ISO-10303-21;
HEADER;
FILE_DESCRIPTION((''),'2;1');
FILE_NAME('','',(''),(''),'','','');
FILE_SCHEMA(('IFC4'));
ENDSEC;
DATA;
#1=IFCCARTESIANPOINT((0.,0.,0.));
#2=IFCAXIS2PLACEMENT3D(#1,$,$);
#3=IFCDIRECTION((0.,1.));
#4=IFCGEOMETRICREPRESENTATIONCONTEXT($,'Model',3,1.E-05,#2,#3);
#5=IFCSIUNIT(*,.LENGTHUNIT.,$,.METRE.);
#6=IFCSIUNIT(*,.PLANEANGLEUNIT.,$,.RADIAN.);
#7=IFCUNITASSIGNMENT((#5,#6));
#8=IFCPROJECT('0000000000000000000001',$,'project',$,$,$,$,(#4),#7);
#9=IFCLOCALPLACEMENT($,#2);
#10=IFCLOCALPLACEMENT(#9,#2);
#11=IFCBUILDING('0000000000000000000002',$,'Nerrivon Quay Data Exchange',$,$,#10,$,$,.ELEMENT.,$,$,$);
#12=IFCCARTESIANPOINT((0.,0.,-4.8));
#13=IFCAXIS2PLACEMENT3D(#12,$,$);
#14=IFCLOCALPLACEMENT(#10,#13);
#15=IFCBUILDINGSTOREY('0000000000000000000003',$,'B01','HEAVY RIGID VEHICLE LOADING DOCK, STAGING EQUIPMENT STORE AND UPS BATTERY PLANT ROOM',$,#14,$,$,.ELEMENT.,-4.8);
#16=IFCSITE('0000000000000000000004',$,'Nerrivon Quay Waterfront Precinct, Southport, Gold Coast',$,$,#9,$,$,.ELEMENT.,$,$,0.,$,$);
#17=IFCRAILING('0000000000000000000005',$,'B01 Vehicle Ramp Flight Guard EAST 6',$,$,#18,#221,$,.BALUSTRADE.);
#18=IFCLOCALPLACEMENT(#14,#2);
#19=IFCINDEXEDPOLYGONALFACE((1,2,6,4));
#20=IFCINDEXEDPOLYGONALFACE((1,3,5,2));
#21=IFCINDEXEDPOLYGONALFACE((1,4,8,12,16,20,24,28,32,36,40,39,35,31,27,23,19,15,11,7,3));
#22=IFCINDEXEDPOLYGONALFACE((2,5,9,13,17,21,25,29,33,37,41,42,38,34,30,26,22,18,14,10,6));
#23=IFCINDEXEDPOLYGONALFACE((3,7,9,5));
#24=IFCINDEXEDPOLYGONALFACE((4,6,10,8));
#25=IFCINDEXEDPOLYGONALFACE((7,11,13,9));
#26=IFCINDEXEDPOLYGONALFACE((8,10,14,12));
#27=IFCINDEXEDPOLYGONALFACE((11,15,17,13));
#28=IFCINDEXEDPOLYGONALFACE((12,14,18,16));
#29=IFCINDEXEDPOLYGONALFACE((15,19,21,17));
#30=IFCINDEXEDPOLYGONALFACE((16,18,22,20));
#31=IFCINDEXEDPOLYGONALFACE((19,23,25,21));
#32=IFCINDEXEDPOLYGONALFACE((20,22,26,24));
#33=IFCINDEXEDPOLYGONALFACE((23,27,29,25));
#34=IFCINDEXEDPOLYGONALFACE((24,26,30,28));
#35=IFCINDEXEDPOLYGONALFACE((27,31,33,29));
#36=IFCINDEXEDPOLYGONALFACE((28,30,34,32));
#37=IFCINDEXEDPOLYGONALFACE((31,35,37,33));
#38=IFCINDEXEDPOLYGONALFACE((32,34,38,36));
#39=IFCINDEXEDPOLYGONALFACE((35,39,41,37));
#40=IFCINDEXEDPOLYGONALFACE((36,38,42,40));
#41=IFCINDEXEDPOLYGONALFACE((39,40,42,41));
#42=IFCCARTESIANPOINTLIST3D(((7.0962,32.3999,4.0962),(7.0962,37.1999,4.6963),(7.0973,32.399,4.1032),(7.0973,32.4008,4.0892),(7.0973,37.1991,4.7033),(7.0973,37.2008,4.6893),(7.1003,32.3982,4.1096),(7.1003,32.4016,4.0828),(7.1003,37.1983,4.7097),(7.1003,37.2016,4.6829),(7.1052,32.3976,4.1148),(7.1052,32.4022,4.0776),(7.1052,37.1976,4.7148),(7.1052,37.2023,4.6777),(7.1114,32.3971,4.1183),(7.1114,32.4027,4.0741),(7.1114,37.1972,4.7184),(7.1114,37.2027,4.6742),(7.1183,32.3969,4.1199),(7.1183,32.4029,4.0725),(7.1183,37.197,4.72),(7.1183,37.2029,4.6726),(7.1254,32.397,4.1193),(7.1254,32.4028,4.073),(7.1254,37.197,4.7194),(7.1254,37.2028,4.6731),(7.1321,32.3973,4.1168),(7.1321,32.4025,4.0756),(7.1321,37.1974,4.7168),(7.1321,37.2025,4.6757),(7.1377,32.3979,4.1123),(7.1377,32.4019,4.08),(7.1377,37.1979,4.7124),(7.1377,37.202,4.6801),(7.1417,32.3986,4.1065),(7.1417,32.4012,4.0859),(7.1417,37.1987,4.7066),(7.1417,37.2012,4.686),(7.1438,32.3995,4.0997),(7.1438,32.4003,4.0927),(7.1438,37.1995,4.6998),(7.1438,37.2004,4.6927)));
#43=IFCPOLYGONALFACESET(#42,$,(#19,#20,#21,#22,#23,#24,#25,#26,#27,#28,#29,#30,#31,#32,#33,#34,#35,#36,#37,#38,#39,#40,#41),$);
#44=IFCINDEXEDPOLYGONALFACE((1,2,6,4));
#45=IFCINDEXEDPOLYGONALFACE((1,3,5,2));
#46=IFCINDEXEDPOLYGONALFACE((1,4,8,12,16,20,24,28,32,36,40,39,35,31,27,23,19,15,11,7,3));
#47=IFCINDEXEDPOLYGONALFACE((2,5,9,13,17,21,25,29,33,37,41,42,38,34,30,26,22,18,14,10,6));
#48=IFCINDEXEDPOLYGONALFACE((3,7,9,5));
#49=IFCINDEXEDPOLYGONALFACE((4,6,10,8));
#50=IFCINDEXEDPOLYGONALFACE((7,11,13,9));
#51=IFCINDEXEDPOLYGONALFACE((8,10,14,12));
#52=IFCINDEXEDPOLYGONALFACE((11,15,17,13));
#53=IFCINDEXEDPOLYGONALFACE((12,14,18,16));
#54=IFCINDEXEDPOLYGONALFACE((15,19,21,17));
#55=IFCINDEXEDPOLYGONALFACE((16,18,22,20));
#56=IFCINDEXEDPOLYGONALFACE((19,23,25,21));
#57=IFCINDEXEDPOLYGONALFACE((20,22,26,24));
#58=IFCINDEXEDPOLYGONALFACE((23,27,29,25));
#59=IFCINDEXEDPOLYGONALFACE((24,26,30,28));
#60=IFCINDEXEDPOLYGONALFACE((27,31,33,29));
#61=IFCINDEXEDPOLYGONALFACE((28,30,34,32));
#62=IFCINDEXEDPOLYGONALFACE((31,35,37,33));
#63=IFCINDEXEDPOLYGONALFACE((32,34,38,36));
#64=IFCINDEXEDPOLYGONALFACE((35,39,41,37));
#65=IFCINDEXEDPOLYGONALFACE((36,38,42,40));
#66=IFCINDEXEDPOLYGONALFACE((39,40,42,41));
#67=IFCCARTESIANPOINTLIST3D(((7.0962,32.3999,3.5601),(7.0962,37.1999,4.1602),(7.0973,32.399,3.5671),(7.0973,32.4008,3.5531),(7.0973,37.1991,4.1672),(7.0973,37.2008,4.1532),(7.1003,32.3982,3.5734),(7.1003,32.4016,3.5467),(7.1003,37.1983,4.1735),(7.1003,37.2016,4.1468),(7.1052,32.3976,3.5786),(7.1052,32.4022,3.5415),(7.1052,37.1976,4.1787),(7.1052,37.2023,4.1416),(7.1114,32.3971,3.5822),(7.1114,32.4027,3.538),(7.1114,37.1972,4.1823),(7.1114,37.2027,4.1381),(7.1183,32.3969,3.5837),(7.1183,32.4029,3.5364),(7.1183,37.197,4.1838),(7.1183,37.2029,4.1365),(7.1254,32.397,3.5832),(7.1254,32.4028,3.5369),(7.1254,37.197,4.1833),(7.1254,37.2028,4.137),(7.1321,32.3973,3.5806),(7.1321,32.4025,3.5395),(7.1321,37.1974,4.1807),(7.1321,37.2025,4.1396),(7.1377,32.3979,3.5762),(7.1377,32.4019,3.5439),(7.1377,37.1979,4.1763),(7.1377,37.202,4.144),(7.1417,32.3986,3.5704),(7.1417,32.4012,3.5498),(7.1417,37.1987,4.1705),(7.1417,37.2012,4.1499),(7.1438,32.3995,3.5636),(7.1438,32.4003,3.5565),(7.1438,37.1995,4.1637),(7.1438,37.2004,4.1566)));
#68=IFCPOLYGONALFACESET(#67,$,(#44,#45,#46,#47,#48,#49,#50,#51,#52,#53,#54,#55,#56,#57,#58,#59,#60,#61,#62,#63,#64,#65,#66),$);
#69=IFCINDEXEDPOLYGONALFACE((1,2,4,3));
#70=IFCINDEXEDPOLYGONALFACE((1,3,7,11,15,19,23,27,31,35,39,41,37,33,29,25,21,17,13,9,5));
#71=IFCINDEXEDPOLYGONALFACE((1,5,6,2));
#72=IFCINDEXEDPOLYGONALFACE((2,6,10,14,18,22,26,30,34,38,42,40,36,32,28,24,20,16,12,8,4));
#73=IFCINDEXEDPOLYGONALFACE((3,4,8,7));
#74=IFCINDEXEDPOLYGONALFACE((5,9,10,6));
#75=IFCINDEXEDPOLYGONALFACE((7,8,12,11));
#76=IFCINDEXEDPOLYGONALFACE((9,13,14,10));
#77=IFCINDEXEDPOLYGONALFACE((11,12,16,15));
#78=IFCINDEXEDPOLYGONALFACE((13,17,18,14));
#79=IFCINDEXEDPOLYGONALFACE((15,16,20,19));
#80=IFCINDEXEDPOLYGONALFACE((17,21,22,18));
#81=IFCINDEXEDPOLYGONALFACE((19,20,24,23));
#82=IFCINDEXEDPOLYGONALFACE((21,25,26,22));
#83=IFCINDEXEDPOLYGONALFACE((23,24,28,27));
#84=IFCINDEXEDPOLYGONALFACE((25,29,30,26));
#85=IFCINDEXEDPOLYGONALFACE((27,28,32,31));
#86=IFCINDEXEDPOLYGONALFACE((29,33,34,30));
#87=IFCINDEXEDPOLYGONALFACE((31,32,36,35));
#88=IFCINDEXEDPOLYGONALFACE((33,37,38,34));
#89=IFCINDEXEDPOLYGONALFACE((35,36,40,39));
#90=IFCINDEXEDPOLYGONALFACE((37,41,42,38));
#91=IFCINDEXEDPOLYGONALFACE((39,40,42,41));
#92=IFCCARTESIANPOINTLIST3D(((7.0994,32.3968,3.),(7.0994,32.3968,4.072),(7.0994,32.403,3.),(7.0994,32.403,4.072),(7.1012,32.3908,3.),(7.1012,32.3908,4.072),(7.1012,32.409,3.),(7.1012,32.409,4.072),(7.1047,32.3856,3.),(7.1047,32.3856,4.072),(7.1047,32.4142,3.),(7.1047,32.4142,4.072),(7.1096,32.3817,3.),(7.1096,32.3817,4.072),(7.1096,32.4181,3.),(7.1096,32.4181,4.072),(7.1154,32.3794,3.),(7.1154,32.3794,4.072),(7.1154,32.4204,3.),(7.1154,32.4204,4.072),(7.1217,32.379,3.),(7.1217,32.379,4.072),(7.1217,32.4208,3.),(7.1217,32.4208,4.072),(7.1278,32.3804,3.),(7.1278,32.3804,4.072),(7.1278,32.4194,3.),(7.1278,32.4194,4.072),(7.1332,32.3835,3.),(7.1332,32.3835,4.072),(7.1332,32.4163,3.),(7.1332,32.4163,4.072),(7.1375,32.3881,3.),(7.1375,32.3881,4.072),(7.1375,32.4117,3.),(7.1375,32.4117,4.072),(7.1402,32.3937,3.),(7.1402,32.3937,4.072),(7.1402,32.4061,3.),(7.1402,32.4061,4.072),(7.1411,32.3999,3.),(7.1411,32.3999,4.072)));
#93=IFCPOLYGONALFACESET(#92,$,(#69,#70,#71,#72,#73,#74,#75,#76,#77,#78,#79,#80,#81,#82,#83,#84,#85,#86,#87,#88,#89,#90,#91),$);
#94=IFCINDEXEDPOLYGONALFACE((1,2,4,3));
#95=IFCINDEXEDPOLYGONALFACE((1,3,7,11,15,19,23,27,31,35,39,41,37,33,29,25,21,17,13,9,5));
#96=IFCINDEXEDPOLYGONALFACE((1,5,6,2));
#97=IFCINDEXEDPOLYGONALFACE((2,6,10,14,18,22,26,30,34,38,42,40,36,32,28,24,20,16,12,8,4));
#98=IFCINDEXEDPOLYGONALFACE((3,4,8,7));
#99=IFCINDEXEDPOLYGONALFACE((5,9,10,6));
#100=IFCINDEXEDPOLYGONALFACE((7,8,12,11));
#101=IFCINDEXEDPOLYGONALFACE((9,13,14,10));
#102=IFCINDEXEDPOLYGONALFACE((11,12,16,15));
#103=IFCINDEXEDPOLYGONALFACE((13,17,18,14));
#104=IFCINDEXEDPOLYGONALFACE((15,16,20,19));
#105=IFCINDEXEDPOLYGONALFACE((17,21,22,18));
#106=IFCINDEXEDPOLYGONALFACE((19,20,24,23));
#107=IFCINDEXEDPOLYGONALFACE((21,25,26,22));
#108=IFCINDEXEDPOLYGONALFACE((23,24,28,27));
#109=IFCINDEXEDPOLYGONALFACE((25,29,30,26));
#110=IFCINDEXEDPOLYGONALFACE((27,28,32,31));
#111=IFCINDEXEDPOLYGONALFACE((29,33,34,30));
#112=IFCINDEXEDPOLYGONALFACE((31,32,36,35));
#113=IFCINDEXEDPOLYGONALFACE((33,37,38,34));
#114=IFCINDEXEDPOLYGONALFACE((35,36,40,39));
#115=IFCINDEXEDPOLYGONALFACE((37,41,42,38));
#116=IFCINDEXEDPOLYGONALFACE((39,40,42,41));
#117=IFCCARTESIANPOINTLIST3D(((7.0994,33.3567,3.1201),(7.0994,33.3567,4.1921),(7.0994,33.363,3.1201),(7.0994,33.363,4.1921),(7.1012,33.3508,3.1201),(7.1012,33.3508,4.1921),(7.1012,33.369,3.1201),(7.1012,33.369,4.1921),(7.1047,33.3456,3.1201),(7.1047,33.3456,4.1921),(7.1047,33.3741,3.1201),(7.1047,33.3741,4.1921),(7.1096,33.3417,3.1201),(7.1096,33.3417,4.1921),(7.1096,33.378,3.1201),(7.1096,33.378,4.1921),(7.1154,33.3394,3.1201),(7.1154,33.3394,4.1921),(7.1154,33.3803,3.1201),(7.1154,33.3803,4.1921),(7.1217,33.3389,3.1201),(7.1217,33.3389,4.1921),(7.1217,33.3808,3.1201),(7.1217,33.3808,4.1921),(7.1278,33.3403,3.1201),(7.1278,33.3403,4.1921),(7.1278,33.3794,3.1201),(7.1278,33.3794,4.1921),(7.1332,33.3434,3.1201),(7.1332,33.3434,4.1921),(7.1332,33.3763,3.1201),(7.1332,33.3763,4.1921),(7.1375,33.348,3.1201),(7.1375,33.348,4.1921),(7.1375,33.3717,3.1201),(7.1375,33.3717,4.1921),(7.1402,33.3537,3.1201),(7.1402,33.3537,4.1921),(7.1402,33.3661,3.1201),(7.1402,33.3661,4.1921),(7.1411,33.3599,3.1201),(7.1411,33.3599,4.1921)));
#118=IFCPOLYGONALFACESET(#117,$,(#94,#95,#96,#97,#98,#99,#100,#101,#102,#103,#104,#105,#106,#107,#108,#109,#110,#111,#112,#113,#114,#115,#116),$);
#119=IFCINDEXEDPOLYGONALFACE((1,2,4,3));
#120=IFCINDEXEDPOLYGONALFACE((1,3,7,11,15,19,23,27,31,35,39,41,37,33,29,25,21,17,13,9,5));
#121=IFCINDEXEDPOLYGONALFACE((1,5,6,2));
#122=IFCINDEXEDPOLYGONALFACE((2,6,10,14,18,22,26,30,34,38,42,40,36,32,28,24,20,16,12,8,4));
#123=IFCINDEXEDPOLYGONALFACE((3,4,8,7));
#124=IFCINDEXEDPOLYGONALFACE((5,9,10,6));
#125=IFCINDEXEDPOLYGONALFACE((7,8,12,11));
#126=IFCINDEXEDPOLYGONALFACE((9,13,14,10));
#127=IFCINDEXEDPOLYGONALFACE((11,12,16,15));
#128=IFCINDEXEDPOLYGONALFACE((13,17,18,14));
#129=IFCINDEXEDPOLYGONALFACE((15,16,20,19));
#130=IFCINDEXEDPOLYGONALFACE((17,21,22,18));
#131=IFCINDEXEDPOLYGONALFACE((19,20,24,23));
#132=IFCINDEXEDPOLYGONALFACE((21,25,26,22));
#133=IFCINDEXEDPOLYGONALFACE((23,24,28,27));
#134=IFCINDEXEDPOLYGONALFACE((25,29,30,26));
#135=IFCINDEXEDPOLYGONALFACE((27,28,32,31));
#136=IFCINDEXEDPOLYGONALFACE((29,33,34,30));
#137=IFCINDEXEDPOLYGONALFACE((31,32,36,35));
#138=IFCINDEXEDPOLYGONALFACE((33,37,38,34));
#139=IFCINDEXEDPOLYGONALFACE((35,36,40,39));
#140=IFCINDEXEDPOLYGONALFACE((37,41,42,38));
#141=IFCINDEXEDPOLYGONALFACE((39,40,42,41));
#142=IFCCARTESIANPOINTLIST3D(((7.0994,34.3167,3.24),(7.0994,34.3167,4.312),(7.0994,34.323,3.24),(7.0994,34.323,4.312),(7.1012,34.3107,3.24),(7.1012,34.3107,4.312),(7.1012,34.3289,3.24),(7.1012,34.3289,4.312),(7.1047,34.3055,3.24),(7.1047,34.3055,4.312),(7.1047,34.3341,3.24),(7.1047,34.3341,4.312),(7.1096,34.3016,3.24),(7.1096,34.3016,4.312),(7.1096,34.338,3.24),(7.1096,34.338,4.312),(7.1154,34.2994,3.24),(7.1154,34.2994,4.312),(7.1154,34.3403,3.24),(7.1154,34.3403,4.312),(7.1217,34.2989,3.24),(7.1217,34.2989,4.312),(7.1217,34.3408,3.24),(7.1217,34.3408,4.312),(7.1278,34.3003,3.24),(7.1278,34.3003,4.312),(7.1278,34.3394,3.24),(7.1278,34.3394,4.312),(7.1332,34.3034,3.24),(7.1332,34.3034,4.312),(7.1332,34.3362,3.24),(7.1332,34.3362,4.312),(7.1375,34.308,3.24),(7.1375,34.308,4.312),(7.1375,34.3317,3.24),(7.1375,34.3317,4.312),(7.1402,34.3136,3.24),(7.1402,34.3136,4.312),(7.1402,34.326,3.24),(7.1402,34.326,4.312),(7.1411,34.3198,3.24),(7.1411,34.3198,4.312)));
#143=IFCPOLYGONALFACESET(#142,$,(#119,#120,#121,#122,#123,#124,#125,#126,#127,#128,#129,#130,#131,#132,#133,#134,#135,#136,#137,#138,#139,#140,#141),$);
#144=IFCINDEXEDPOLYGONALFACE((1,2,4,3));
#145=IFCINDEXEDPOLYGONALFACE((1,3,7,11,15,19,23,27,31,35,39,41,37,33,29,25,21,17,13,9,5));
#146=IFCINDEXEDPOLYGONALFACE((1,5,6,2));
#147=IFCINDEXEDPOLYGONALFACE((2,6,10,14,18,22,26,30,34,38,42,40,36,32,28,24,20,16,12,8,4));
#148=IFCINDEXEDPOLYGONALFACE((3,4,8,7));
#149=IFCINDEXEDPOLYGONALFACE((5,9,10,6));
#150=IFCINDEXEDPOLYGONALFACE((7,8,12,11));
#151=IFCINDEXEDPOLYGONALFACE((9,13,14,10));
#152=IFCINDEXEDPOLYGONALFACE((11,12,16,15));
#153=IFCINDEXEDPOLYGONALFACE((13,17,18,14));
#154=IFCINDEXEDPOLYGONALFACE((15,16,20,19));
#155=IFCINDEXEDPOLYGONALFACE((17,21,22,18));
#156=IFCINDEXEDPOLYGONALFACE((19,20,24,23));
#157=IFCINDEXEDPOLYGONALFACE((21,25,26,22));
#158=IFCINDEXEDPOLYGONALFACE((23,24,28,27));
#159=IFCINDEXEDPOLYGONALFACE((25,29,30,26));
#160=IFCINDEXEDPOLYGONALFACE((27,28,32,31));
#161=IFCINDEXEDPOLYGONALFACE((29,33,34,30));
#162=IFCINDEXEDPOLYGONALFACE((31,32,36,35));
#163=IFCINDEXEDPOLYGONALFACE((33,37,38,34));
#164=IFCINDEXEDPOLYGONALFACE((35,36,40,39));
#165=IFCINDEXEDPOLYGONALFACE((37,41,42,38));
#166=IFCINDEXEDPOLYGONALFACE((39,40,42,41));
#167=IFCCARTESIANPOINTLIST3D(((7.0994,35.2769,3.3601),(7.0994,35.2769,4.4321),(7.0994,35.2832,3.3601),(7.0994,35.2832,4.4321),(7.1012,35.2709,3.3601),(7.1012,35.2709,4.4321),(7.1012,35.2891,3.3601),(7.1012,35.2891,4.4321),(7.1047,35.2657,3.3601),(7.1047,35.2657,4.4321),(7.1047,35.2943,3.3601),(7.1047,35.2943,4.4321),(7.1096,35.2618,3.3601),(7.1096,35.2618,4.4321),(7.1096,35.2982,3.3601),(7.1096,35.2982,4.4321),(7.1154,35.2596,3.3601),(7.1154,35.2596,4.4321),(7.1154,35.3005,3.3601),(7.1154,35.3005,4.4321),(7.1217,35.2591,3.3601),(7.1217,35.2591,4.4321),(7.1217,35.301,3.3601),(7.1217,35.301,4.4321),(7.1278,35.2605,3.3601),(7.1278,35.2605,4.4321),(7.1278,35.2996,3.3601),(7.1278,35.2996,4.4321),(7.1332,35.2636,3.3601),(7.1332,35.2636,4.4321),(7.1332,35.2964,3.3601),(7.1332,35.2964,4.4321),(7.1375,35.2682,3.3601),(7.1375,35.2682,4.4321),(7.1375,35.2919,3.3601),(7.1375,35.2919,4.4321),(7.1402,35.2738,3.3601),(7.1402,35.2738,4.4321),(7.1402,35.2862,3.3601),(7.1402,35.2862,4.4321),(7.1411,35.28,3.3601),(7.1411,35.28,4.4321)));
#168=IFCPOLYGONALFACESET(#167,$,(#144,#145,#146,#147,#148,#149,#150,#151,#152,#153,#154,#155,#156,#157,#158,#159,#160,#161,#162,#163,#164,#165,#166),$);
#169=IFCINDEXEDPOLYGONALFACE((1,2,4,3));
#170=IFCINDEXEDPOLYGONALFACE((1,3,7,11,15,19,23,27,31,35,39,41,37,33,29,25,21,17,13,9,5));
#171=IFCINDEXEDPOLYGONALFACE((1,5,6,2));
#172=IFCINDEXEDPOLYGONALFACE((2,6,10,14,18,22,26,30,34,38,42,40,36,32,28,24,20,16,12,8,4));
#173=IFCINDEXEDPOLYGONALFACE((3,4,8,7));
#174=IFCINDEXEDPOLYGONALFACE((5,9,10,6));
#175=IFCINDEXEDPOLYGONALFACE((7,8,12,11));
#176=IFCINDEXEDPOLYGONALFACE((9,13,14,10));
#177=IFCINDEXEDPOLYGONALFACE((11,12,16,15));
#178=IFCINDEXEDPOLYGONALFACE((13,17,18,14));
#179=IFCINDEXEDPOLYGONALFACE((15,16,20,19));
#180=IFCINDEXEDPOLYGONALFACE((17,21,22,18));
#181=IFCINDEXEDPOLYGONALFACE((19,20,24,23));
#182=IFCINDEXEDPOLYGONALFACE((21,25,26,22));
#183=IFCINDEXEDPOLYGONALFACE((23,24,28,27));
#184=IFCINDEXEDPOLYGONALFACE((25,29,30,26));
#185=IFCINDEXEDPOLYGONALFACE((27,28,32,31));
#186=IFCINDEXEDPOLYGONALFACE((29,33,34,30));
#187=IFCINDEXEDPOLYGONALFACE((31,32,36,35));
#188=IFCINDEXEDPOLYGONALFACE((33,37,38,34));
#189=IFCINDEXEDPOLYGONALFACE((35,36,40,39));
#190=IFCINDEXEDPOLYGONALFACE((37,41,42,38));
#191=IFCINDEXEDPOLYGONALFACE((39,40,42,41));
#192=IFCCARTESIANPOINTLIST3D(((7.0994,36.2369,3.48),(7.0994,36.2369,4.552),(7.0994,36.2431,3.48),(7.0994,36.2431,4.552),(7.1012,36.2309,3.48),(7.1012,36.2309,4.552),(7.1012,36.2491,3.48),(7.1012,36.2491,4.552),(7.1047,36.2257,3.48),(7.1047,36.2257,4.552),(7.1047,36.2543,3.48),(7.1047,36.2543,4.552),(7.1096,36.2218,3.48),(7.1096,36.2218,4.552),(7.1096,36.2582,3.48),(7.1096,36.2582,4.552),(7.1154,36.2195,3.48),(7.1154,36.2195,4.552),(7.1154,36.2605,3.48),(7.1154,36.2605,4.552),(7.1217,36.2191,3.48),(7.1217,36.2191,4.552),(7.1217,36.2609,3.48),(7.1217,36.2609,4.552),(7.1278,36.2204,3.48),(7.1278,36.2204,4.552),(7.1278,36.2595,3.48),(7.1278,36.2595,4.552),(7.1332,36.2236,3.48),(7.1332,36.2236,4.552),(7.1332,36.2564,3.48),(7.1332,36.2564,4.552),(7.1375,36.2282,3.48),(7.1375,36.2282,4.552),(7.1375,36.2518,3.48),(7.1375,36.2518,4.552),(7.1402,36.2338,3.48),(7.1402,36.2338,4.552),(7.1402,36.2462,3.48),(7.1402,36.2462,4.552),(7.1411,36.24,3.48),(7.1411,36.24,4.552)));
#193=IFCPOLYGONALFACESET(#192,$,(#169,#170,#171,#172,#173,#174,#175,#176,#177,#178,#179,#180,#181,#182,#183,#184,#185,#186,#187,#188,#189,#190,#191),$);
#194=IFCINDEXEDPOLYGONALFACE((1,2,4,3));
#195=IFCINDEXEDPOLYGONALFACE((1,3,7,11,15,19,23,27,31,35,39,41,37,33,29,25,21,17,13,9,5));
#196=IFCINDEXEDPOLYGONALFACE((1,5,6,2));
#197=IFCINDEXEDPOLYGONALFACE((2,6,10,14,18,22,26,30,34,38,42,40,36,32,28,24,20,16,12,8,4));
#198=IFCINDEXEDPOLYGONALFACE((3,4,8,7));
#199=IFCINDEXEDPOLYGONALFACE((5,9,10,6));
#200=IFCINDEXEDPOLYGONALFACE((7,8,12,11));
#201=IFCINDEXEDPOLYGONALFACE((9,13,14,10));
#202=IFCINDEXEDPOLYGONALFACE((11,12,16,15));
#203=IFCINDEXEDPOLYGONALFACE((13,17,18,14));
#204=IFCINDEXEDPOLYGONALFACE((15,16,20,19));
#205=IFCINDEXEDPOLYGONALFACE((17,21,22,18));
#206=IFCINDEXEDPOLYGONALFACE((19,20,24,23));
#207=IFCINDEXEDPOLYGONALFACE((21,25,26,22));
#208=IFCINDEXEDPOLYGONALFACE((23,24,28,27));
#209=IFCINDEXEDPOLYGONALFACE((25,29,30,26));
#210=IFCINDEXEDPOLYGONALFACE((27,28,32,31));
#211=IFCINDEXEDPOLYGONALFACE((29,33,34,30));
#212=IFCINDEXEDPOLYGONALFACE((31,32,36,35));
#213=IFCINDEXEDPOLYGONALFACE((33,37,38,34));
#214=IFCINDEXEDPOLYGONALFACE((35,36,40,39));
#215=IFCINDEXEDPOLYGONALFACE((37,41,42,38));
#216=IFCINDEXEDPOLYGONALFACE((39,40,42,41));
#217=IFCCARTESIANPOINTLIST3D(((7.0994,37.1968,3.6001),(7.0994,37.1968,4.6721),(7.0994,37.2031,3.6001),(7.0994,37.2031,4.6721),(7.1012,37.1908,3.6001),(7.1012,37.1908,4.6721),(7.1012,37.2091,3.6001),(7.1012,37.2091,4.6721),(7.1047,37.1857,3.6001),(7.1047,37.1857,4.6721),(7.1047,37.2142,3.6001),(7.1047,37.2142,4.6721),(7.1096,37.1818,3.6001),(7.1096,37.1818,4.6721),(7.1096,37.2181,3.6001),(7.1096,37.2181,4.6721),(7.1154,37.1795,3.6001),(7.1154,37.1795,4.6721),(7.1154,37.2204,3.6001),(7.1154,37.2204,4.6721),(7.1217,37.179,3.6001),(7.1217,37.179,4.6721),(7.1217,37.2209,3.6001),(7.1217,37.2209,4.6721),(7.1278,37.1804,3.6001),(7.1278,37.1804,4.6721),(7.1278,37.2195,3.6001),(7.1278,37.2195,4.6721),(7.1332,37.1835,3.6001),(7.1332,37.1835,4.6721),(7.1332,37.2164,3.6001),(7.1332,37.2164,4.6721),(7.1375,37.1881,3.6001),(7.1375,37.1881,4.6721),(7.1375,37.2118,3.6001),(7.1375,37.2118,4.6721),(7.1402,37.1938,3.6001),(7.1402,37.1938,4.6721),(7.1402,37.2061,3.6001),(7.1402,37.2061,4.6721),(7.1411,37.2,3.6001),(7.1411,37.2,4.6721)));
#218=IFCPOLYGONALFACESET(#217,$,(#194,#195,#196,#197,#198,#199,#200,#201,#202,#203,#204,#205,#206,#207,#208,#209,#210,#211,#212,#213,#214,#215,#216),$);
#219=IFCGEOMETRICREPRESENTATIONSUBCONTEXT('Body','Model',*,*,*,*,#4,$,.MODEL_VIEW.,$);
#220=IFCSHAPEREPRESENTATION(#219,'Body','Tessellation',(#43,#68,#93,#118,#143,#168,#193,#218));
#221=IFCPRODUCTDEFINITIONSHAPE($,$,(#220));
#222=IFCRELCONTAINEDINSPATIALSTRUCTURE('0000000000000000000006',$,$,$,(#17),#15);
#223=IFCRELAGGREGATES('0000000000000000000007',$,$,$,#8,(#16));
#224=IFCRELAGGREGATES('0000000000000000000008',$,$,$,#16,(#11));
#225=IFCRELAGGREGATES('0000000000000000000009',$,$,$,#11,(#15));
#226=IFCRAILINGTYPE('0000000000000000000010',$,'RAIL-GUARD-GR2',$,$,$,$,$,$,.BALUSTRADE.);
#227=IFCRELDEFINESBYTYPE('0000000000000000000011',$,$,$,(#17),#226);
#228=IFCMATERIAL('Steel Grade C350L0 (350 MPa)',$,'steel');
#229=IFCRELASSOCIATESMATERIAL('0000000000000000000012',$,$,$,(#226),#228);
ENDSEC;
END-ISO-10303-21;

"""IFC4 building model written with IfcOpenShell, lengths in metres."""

from ifc_helpers import new_model, si_unit, direction, frame, origin, origin_2d, place, context, subcontext, project, spatial, circle, extrude, material, type_object, element, save


model = new_model("IFC4")

# Units and contexts
model_context = context("Model", 3, precision=1e-05, world=origin(), true_north=direction((0.0, 1.0)))
body_context = subcontext(model_context, "Body", "Model", "MODEL_VIEW")
ifc_project = project(units=[si_unit("LENGTHUNIT", "METRE"), si_unit("PLANEANGLEUNIT", "RADIAN")], contexts=[model_context])

# Site, building, storey
site_placement = place(None, origin())
site = spatial("IfcSite", under=ifc_project, at=site_placement, Name="Nerrivon Quay Waterfront Precinct, Southport, Gold Coast", CompositionType="ELEMENT", RefElevation=0.0)
building_placement = place(site_placement, origin())
building = spatial("IfcBuilding", under=site, at=building_placement, Name="Nerrivon Quay Data Exchange", CompositionType="ELEMENT")
storey_placement = place(building_placement, frame((0.0, 0.0, -4.8)))
storey = spatial("IfcBuildingStorey", under=building, at=storey_placement, Name="B01", Description="HEAVY RIGID VEHICLE LOADING DOCK, STAGING EQUIPMENT STORE AND UPS BATTERY PLANT ROOM", CompositionType="ELEMENT", Elevation=-4.8)

# Railing
ifc_material_1 = material(Name="Steel Grade C350L0 (350 MPa)", Category="steel")
railing_type = type_object("IfcRailingType", Name="RAIL-GUARD-GR2", PredefinedType="BALUSTRADE", material=ifc_material_1)
railing_1_placement = place(storey_placement, frame((7.1201, 32.3999, 3.0)))
element("IfcRailing", 1, at=railing_1_placement, inside=storey, type_object=railing_type, Name="B01 Vehicle Ramp Flight Guard EAST 6", PredefinedType="BALUSTRADE", context=body_context, shape_type="SweptSolid", body=[
    extrude(circle(Radius=0.0239, at=origin_2d()), frame((0.0, 0.0, 1.0962), z_axis=(0.0, 0.992276, 0.124053), x_axis=(-1.0, 0.0, 0.0)), (0.0, 0.0, 1.0), 4.8374),
    extrude(circle(Radius=0.0239, at=origin_2d()), frame((0.0, 0.0, 0.5601), z_axis=(0.0, 0.992276, 0.124053), x_axis=(-1.0, 0.0, 0.0)), (0.0, 0.0, 1.0), 4.8374),
    extrude(circle(Radius=0.021, at=origin_2d()), origin(), (0.0, 0.0, 1.0), 1.072),
    extrude(circle(Radius=0.021, at=origin_2d()), frame((0.0, 0.96, 0.1201)), (0.0, 0.0, 1.0), 1.072),
    extrude(circle(Radius=0.021, at=origin_2d()), frame((0.0, 1.9199, 0.24)), (0.0, 0.0, 1.0), 1.072),
    extrude(circle(Radius=0.021, at=origin_2d()), frame((0.0, 2.8801, 0.3601)), (0.0, 0.0, 1.0), 1.072),
    extrude(circle(Radius=0.021, at=origin_2d()), frame((0.0, 3.8401, 0.48)), (0.0, 0.0, 1.0), 1.072),
    extrude(circle(Radius=0.021, at=origin_2d()), frame((0.0, 4.8, 0.6001)), (0.0, 0.0, 1.0), 1.072),
])

save(model, "model.ifc")
